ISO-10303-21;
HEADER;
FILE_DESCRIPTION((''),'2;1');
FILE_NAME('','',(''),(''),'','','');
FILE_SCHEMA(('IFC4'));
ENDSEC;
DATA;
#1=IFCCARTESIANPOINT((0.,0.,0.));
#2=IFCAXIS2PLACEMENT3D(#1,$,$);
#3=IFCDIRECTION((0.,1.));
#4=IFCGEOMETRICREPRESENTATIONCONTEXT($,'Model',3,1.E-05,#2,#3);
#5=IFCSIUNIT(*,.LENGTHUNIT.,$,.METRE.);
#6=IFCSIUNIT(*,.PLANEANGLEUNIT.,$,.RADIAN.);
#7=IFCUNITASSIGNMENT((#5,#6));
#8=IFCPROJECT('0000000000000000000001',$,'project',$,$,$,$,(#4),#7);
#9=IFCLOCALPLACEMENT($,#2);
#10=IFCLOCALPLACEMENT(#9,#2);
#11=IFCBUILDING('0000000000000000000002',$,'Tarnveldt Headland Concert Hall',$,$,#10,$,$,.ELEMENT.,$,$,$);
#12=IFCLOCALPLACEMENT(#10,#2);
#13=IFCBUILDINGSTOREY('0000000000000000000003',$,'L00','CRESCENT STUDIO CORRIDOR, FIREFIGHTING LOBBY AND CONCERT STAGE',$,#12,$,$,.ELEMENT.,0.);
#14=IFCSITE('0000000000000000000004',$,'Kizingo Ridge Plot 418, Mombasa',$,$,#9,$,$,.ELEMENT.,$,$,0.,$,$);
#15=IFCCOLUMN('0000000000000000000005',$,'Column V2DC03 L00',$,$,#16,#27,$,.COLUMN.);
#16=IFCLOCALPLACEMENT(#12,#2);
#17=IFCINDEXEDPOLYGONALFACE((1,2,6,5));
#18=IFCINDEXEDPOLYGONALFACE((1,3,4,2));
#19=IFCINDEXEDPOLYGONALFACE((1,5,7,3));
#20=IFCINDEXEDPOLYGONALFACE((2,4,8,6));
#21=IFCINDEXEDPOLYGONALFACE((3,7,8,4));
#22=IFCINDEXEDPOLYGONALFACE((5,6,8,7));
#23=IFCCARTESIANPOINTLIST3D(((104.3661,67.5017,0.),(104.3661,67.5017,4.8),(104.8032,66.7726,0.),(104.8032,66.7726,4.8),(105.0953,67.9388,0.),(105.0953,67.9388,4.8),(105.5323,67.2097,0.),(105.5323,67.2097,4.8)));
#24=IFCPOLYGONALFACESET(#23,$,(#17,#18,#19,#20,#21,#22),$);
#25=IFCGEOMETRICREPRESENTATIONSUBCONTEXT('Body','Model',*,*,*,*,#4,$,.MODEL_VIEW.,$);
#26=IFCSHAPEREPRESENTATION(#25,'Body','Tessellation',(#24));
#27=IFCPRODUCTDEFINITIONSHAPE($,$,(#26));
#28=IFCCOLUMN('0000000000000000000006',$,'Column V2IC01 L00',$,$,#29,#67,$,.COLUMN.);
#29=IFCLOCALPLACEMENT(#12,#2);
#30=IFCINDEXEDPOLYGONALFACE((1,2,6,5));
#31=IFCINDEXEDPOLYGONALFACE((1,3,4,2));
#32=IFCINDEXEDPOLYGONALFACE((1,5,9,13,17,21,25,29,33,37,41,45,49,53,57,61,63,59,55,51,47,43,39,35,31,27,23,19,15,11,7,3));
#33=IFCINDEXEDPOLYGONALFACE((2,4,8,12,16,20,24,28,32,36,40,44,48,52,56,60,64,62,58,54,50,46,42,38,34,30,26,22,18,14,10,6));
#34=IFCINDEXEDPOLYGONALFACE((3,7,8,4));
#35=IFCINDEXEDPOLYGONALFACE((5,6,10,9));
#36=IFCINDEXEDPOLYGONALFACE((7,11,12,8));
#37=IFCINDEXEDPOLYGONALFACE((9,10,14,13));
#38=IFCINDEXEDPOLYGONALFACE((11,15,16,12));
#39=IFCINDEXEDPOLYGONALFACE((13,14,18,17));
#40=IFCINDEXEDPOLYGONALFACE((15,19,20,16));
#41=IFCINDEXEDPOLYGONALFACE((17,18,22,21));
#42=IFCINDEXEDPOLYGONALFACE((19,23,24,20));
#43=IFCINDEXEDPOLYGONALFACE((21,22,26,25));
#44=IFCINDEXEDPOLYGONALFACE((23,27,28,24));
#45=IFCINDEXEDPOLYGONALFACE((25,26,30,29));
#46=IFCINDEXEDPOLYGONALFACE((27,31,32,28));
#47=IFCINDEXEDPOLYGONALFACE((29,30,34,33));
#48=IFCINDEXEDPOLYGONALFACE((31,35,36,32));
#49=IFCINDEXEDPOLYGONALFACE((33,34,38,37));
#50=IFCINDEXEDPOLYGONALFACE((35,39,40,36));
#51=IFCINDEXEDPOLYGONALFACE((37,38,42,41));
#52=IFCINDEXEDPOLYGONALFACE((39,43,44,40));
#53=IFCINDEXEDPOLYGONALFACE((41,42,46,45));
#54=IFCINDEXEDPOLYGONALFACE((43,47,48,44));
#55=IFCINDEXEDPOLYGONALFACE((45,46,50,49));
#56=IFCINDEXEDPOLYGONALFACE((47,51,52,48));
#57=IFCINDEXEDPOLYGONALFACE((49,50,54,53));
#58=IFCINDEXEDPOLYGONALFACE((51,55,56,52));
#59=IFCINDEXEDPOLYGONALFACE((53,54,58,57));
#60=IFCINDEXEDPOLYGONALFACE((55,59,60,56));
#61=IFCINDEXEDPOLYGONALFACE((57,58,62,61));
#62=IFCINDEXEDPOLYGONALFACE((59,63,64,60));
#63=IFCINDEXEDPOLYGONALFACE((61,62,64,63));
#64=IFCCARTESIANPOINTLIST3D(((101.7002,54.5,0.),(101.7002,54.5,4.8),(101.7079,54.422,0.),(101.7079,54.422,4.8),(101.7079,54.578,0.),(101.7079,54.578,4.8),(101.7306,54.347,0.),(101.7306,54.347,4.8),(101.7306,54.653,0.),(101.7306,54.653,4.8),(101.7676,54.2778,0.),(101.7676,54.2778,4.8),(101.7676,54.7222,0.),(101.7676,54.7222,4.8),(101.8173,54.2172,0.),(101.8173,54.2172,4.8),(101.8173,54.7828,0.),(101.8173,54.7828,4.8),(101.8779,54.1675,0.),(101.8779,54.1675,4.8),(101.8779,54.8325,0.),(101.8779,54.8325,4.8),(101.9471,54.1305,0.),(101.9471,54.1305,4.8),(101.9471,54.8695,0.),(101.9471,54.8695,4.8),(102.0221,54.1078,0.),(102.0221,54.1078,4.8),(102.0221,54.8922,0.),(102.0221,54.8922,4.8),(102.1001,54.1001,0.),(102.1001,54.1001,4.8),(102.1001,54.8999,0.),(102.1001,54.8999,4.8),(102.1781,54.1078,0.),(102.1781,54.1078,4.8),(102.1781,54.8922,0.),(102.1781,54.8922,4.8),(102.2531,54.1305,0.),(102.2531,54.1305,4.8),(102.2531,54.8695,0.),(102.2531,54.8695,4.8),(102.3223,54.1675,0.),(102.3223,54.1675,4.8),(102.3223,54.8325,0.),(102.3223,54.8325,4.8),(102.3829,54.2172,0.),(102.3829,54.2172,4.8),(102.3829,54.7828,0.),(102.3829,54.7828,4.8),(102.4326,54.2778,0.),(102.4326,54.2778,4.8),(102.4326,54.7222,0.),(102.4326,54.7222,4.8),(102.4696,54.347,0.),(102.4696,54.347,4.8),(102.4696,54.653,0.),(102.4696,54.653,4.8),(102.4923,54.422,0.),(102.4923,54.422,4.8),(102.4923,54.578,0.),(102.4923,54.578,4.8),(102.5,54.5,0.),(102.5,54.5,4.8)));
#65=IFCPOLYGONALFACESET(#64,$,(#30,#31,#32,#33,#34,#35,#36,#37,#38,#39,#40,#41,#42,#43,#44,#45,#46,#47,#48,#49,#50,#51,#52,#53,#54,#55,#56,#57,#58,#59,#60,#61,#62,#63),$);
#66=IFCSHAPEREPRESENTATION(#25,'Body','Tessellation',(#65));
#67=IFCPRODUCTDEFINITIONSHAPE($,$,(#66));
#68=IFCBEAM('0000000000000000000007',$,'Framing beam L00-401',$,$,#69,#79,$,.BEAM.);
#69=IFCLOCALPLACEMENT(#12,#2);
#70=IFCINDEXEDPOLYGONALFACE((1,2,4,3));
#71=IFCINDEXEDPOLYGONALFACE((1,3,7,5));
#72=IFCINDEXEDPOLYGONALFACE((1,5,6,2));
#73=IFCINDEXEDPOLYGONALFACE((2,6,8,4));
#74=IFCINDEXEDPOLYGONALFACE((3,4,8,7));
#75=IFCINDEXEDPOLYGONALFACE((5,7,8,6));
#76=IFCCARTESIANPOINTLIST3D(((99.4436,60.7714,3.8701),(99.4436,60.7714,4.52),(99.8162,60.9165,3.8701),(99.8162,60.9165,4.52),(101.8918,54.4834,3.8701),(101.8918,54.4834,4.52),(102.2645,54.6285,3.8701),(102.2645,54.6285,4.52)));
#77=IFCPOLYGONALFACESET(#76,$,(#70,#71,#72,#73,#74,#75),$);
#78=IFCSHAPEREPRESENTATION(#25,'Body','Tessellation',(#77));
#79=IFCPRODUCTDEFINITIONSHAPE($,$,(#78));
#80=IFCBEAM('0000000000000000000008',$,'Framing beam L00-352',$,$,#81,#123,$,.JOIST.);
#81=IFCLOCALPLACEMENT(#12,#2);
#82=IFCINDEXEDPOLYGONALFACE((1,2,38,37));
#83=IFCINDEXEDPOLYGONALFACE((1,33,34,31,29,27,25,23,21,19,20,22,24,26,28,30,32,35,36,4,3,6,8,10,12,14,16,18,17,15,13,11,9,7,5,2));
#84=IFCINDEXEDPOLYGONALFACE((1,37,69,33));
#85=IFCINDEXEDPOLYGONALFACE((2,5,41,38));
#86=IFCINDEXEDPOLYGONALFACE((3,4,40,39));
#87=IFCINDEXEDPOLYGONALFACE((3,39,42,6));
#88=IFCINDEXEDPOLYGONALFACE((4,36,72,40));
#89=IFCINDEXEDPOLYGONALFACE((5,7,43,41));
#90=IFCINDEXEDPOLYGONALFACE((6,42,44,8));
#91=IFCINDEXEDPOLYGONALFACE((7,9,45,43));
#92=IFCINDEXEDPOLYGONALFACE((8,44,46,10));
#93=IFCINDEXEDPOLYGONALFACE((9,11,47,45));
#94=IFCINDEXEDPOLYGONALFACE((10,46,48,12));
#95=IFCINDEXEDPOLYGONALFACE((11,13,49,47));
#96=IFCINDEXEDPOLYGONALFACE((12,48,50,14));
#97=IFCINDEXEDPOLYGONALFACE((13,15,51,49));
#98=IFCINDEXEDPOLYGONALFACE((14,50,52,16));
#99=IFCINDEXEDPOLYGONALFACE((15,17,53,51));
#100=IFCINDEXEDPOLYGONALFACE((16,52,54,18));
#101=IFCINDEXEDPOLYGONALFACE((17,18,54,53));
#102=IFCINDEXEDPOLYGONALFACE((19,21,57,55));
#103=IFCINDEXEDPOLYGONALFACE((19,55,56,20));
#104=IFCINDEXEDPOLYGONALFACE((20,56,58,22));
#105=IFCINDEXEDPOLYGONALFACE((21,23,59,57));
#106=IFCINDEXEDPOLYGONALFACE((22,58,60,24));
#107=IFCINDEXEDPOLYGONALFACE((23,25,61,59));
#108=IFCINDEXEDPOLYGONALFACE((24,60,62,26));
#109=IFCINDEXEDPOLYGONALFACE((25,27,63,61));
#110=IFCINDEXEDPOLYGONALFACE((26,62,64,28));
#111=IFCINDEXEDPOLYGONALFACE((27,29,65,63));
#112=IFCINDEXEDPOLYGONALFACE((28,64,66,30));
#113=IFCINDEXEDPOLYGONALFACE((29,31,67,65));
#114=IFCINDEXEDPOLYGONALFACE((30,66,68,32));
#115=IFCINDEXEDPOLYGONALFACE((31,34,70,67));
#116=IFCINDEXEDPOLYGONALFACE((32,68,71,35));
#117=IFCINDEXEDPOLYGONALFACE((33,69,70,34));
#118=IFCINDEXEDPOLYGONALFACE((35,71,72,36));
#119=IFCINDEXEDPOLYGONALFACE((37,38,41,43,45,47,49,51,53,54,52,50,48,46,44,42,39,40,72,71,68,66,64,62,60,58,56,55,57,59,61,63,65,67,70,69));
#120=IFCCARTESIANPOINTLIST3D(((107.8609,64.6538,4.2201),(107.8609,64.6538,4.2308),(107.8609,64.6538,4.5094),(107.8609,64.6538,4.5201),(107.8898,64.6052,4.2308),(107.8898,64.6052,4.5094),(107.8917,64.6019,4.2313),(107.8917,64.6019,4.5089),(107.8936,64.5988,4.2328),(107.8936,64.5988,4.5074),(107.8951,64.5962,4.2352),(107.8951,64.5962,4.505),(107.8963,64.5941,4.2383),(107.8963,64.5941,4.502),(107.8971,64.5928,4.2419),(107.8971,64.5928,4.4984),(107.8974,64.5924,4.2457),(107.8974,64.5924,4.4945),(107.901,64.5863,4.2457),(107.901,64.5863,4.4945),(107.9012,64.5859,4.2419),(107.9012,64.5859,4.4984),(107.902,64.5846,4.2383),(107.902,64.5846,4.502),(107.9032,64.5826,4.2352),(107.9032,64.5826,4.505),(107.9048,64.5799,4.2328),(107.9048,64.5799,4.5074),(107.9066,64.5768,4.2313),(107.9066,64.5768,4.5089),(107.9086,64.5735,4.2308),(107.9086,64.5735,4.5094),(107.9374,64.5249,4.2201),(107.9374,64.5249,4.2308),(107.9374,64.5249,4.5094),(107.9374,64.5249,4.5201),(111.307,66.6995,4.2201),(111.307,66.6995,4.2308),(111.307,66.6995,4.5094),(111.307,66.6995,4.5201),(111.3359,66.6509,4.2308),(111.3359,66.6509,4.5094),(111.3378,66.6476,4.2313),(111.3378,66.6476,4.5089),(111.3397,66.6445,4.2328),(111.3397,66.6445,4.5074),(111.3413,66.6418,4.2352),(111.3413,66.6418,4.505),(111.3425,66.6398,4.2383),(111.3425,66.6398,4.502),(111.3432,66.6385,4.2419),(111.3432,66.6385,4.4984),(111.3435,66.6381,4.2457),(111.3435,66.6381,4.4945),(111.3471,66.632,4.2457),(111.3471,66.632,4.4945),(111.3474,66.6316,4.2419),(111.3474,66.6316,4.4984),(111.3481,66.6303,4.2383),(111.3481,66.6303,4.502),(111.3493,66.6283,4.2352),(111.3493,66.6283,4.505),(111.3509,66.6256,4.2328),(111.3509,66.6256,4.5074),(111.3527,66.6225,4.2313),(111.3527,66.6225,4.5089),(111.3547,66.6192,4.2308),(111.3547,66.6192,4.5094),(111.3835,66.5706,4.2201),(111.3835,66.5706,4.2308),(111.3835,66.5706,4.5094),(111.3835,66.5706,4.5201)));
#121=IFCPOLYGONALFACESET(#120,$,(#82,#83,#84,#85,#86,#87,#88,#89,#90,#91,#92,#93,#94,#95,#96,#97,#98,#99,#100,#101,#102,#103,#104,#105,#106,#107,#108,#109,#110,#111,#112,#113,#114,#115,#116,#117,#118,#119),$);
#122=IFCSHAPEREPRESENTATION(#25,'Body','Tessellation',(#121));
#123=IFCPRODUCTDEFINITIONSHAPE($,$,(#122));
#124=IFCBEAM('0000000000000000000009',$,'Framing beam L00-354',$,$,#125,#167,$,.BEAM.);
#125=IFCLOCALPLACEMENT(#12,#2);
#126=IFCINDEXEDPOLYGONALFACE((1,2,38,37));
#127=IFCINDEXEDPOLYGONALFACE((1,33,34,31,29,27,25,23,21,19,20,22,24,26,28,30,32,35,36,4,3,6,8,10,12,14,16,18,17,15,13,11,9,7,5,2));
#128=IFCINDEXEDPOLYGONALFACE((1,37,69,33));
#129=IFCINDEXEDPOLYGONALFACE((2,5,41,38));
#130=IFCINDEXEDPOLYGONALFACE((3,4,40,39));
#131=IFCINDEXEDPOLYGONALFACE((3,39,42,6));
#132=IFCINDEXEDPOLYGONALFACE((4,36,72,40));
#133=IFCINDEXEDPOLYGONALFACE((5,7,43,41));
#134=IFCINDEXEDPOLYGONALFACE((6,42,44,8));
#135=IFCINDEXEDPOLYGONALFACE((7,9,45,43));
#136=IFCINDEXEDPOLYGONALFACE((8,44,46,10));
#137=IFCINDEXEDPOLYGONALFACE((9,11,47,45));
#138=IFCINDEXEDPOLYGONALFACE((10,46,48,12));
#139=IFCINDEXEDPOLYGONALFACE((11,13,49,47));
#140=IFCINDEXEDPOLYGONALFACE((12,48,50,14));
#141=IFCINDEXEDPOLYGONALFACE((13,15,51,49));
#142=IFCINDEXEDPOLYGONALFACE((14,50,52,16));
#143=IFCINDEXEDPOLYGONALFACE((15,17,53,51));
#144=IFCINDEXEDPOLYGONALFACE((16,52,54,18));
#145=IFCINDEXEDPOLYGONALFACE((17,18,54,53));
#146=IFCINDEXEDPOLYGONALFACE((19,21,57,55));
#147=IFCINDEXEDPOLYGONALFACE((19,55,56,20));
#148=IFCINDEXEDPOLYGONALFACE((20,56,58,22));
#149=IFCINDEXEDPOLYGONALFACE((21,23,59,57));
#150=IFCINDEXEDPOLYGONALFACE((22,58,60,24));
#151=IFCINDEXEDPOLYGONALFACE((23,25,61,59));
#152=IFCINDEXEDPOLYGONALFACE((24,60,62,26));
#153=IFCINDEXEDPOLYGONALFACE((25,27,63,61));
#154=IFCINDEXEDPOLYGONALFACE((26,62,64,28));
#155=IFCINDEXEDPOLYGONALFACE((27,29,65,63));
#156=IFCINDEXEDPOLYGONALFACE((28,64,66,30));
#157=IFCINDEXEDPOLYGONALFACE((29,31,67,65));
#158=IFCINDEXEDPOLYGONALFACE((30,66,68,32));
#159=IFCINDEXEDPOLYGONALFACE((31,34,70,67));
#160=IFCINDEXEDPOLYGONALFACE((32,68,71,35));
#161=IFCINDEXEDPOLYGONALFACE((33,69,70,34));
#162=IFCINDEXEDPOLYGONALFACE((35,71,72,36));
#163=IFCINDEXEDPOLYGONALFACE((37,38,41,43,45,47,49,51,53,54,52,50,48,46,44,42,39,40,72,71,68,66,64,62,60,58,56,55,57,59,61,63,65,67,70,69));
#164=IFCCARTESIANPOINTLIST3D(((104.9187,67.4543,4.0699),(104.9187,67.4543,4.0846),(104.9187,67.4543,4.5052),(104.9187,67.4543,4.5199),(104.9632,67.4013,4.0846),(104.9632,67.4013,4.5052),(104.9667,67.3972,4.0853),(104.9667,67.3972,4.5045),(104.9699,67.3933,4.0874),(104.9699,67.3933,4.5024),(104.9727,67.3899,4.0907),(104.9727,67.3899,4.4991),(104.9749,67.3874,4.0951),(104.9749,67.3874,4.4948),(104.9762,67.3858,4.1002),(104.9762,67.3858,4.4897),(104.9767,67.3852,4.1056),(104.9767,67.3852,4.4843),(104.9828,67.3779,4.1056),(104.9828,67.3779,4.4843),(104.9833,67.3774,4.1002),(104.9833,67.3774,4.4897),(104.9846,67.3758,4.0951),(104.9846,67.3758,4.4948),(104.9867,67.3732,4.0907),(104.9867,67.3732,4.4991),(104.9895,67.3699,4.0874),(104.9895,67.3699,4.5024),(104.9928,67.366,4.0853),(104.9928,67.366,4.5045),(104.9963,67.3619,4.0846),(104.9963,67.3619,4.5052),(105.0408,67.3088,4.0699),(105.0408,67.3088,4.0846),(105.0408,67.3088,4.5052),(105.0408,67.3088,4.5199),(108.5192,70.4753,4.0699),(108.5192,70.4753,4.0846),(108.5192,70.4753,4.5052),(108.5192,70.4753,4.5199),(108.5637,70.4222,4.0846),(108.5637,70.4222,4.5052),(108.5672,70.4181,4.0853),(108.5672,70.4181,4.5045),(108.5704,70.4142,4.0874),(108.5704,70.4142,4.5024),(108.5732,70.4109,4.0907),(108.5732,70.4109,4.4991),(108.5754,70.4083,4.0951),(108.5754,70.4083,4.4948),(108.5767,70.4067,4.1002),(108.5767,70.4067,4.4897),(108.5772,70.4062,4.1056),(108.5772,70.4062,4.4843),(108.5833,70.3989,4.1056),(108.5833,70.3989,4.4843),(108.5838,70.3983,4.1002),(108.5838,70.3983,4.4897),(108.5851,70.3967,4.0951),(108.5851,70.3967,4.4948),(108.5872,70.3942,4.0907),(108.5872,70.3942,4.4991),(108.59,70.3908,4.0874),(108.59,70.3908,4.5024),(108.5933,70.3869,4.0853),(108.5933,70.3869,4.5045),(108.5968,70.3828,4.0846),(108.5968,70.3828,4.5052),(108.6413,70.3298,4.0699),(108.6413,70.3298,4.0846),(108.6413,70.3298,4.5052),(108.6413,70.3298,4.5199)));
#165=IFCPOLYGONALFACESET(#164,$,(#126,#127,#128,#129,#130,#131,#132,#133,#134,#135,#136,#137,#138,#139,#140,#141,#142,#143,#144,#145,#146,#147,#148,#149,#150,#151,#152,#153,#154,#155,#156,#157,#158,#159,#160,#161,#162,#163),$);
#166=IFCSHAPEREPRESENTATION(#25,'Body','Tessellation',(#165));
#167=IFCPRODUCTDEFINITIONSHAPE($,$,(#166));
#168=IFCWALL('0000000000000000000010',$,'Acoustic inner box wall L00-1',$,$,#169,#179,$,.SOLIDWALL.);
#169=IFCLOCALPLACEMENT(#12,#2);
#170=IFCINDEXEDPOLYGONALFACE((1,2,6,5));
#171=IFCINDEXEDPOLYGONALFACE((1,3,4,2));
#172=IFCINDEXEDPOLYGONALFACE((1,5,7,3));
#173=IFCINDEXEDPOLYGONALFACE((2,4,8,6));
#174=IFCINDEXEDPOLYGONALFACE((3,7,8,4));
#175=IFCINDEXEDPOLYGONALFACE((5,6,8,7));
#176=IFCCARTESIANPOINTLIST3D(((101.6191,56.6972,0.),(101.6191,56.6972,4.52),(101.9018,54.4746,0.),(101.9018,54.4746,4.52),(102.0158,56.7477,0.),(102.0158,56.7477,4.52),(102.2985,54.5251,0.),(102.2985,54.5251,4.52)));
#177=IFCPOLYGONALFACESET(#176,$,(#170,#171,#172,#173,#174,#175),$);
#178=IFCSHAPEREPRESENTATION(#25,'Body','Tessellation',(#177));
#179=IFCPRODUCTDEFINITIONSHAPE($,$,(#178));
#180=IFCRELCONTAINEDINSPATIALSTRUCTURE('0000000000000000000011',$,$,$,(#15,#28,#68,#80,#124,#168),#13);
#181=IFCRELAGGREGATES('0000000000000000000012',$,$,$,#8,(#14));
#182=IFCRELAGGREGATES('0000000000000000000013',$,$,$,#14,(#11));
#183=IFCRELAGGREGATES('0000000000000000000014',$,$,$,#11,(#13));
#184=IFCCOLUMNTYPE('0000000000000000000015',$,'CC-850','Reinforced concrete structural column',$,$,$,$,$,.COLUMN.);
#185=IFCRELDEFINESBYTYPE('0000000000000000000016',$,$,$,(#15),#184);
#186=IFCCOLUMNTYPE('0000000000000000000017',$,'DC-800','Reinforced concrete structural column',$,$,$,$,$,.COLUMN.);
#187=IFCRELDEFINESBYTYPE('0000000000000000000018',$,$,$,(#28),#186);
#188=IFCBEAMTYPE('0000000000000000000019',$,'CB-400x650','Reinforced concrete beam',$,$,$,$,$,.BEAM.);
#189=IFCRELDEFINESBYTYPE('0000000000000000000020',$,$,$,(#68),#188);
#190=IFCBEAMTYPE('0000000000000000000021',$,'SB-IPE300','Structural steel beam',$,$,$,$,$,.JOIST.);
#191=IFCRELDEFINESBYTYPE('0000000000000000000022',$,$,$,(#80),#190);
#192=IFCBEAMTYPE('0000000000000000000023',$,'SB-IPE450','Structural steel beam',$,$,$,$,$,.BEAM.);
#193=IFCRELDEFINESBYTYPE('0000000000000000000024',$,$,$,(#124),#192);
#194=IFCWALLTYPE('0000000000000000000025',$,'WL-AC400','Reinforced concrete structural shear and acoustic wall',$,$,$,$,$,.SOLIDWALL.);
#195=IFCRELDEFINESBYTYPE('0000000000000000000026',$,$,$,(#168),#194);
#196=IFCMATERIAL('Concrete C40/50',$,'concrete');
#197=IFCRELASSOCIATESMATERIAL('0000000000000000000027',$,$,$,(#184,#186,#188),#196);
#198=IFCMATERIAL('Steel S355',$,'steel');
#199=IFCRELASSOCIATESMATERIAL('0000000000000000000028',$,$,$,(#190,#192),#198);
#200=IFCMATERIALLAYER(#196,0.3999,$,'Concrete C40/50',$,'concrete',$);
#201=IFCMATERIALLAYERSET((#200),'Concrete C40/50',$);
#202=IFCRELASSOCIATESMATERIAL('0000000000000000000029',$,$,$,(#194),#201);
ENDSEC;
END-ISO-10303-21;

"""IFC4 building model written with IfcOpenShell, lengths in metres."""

from ifc_helpers import new_model, si_unit, direction, frame, frame_2d, origin, origin_2d, place, context, subcontext, project, spatial, rectangle, circle, i_section, extrude, material, layer, layer_set, material_profile, profile_set, type_object, element, save


model = new_model("IFC4")

# Units and contexts
model_context = context("Model", 3, precision=1e-05, world=origin(), true_north=direction((0.0, 1.0)))
body_context = subcontext(model_context, "Body", "Model", "MODEL_VIEW")
ifc_project = project(units=[si_unit("LENGTHUNIT", "METRE"), si_unit("PLANEANGLEUNIT", "RADIAN")], contexts=[model_context])

# Site, building, storey
site_placement = place(None, origin())
site = spatial("IfcSite", under=ifc_project, at=site_placement, Name="Kizingo Ridge Plot 418, Mombasa", CompositionType="ELEMENT", RefElevation=0.0)
building_placement = place(site_placement, origin())
building = spatial("IfcBuilding", under=site, at=building_placement, Name="Tarnveldt Headland Concert Hall", CompositionType="ELEMENT")
storey_placement = place(building_placement, origin())
storey = spatial("IfcBuildingStorey", under=building, at=storey_placement, Name="L00", Description="CRESCENT STUDIO CORRIDOR, FIREFIGHTING LOBBY AND CONCERT STAGE", CompositionType="ELEMENT", Elevation=0.0)

# Columns
ifc_material_1 = material(Name="Concrete C40/50", Category="concrete")
ifc_material_profile_1 = material_profile(ifc_material_1, rectangle(XDim=0.8501, YDim=0.8501, at=origin_2d()), Name="RC 850x850", Category="concrete")
ifc_profile_set_1 = profile_set([ifc_material_profile_1], Name="Concrete C40/50")
column_type_1 = type_object("IfcColumnType", Name="CC-850", Description="Reinforced concrete structural column", PredefinedType="COLUMN", material=ifc_profile_set_1)
column_1_placement = place(storey_placement, frame((104.9492, 67.3557, 0.0), z_axis=(0.0, 0.0, 1.0), x_axis=(0.857706, 0.51414, 0.0)))
element("IfcColumn", 1, at=column_1_placement, inside=storey, type_object=column_type_1, Name="Column V2DC03 L00", PredefinedType="COLUMN", context=body_context, shape_type="SweptSolid", body=[
    extrude(rectangle(XDim=0.8501, YDim=0.8501, at=origin_2d()), origin(), (0.0, 0.0, 1.0), 4.8),
])
ifc_material_profile_2 = material_profile(ifc_material_1, circle(Radius=0.3999, at=origin_2d()), Name="RC D800", Category="concrete")
ifc_profile_set_2 = profile_set([ifc_material_profile_2], Name="Concrete C40/50")
column_type_2 = type_object("IfcColumnType", Name="DC-800", Description="Reinforced concrete structural column", PredefinedType="COLUMN", material=ifc_profile_set_2)
column_2_placement = place(storey_placement, frame((102.1001, 54.5, 0.0), z_axis=(0.0, 0.0, 1.0), x_axis=(1.0, 0.0, 0.0)))
element("IfcColumn", 2, at=column_2_placement, inside=storey, type_object=column_type_2, Name="Column V2IC01 L00", PredefinedType="COLUMN", context=body_context, shape_type="SweptSolid", body=[
    extrude(circle(Radius=0.3999, at=origin_2d()), origin(), (0.0, 0.0, 1.0), 4.8),
])

# Beams
ifc_material_profile_3 = material_profile(ifc_material_1, rectangle(XDim=0.3999, YDim=0.6499, at=origin_2d()), Name="RC 400x650", Category="concrete")
ifc_profile_set_3 = profile_set([ifc_material_profile_3], Name="Concrete C40/50")
beam_type_1 = type_object("IfcBeamType", Name="CB-400x650", Description="Reinforced concrete beam", PredefinedType="BEAM", material=ifc_profile_set_3)
beam_1_placement = place(storey_placement, frame((102.0781, 54.5559, 4.1951), z_axis=(-0.362816, 0.931861, 0.0), x_axis=(-0.931861, -0.362816, 0.0)))
element("IfcBeam", 3, at=beam_1_placement, inside=storey, type_object=beam_type_1, Name="Framing beam L00-401", PredefinedType="BEAM", context=body_context, shape_type="SweptSolid", body=[
    extrude(rectangle(XDim=0.3999, YDim=0.6499, at=origin_2d()), origin(), (0.0, 0.0, 1.0), 6.7478),
])
ifc_material_2 = material(Name="Steel S355", Category="steel")
ifc_material_profile_4 = material_profile(ifc_material_2, i_section(OverallWidth=0.1499, OverallDepth=0.3, WebThickness=0.0071, FlangeThickness=0.0107, FilletRadius=0.0149, at=origin_2d()), Name="IPE300", Category="steel")
ifc_profile_set_4 = profile_set([ifc_material_profile_4], Name="Steel S355")
beam_type_2 = type_object("IfcBeamType", Name="SB-IPE300", Description="Structural steel beam", PredefinedType="JOIST", material=ifc_profile_set_4)
beam_2_placement = place(storey_placement, frame((107.8992, 64.5894, 4.3701), z_axis=(0.859902, 0.510459, 0.0), x_axis=(-0.510459, 0.859902, 0.0)))
element("IfcBeam", 4, at=beam_2_placement, inside=storey, type_object=beam_type_2, Name="Framing beam L00-352", PredefinedType="JOIST", context=body_context, shape_type="SweptSolid", body=[
    extrude(i_section(OverallWidth=0.1499, OverallDepth=0.3, WebThickness=0.0071, FlangeThickness=0.0107, FilletRadius=0.0149, at=origin_2d()), origin(), (0.0, 0.0, 1.0), 4.0076),
])
ifc_material_profile_5 = material_profile(ifc_material_2, i_section(OverallWidth=0.1899, OverallDepth=0.45, WebThickness=0.0095, FlangeThickness=0.0146, FilletRadius=0.021, at=origin_2d()), Name="IPE450", Category="steel")
ifc_profile_set_5 = profile_set([ifc_material_profile_5], Name="Steel S355")
beam_type_3 = type_object("IfcBeamType", Name="SB-IPE450", Description="Structural steel beam", PredefinedType="BEAM", material=ifc_profile_set_5)
beam_3_placement = place(storey_placement, frame((104.9797, 67.3816, 4.2949), z_axis=(0.766071, 0.642756, 0.0), x_axis=(-0.642756, 0.766071, 0.0)))
element("IfcBeam", 5, at=beam_3_placement, inside=storey, type_object=beam_type_3, Name="Framing beam L00-354", PredefinedType="BEAM", context=body_context, shape_type="SweptSolid", body=[
    extrude(i_section(OverallWidth=0.1899, OverallDepth=0.45, WebThickness=0.0095, FlangeThickness=0.0146, FilletRadius=0.021, at=origin_2d()), origin(), (0.0, 0.0, 1.0), 4.7),
])

# Wall
ifc_layer_1 = layer(ifc_material_1, 0.3999, Name="Concrete C40/50", Category="concrete")
ifc_layer_set_1 = layer_set([ifc_layer_1], Name="Concrete C40/50")
wall_type_1 = type_object("IfcWallType", Name="WL-AC400", Description="Reinforced concrete structural shear and acoustic wall", PredefinedType="SOLIDWALL", material=ifc_layer_set_1)
wall_1_placement = place(storey_placement, frame((102.1001, 54.5, 0.0), z_axis=(0.0, 0.0, 1.0), x_axis=(-0.12618, 0.992007, 0.0)))
element("IfcWall", 6, at=wall_1_placement, inside=storey, type_object=wall_type_1, Name="Acoustic inner box wall L00-1", PredefinedType="SOLIDWALL", context=body_context, shape_type="SweptSolid", body=[
    extrude(rectangle(XDim=2.2405, YDim=0.3999, at=frame_2d((1.1201, 0.0))), origin(), (0.0, 0.0, 1.0), 4.52),
])

save(model, "model.ifc")
